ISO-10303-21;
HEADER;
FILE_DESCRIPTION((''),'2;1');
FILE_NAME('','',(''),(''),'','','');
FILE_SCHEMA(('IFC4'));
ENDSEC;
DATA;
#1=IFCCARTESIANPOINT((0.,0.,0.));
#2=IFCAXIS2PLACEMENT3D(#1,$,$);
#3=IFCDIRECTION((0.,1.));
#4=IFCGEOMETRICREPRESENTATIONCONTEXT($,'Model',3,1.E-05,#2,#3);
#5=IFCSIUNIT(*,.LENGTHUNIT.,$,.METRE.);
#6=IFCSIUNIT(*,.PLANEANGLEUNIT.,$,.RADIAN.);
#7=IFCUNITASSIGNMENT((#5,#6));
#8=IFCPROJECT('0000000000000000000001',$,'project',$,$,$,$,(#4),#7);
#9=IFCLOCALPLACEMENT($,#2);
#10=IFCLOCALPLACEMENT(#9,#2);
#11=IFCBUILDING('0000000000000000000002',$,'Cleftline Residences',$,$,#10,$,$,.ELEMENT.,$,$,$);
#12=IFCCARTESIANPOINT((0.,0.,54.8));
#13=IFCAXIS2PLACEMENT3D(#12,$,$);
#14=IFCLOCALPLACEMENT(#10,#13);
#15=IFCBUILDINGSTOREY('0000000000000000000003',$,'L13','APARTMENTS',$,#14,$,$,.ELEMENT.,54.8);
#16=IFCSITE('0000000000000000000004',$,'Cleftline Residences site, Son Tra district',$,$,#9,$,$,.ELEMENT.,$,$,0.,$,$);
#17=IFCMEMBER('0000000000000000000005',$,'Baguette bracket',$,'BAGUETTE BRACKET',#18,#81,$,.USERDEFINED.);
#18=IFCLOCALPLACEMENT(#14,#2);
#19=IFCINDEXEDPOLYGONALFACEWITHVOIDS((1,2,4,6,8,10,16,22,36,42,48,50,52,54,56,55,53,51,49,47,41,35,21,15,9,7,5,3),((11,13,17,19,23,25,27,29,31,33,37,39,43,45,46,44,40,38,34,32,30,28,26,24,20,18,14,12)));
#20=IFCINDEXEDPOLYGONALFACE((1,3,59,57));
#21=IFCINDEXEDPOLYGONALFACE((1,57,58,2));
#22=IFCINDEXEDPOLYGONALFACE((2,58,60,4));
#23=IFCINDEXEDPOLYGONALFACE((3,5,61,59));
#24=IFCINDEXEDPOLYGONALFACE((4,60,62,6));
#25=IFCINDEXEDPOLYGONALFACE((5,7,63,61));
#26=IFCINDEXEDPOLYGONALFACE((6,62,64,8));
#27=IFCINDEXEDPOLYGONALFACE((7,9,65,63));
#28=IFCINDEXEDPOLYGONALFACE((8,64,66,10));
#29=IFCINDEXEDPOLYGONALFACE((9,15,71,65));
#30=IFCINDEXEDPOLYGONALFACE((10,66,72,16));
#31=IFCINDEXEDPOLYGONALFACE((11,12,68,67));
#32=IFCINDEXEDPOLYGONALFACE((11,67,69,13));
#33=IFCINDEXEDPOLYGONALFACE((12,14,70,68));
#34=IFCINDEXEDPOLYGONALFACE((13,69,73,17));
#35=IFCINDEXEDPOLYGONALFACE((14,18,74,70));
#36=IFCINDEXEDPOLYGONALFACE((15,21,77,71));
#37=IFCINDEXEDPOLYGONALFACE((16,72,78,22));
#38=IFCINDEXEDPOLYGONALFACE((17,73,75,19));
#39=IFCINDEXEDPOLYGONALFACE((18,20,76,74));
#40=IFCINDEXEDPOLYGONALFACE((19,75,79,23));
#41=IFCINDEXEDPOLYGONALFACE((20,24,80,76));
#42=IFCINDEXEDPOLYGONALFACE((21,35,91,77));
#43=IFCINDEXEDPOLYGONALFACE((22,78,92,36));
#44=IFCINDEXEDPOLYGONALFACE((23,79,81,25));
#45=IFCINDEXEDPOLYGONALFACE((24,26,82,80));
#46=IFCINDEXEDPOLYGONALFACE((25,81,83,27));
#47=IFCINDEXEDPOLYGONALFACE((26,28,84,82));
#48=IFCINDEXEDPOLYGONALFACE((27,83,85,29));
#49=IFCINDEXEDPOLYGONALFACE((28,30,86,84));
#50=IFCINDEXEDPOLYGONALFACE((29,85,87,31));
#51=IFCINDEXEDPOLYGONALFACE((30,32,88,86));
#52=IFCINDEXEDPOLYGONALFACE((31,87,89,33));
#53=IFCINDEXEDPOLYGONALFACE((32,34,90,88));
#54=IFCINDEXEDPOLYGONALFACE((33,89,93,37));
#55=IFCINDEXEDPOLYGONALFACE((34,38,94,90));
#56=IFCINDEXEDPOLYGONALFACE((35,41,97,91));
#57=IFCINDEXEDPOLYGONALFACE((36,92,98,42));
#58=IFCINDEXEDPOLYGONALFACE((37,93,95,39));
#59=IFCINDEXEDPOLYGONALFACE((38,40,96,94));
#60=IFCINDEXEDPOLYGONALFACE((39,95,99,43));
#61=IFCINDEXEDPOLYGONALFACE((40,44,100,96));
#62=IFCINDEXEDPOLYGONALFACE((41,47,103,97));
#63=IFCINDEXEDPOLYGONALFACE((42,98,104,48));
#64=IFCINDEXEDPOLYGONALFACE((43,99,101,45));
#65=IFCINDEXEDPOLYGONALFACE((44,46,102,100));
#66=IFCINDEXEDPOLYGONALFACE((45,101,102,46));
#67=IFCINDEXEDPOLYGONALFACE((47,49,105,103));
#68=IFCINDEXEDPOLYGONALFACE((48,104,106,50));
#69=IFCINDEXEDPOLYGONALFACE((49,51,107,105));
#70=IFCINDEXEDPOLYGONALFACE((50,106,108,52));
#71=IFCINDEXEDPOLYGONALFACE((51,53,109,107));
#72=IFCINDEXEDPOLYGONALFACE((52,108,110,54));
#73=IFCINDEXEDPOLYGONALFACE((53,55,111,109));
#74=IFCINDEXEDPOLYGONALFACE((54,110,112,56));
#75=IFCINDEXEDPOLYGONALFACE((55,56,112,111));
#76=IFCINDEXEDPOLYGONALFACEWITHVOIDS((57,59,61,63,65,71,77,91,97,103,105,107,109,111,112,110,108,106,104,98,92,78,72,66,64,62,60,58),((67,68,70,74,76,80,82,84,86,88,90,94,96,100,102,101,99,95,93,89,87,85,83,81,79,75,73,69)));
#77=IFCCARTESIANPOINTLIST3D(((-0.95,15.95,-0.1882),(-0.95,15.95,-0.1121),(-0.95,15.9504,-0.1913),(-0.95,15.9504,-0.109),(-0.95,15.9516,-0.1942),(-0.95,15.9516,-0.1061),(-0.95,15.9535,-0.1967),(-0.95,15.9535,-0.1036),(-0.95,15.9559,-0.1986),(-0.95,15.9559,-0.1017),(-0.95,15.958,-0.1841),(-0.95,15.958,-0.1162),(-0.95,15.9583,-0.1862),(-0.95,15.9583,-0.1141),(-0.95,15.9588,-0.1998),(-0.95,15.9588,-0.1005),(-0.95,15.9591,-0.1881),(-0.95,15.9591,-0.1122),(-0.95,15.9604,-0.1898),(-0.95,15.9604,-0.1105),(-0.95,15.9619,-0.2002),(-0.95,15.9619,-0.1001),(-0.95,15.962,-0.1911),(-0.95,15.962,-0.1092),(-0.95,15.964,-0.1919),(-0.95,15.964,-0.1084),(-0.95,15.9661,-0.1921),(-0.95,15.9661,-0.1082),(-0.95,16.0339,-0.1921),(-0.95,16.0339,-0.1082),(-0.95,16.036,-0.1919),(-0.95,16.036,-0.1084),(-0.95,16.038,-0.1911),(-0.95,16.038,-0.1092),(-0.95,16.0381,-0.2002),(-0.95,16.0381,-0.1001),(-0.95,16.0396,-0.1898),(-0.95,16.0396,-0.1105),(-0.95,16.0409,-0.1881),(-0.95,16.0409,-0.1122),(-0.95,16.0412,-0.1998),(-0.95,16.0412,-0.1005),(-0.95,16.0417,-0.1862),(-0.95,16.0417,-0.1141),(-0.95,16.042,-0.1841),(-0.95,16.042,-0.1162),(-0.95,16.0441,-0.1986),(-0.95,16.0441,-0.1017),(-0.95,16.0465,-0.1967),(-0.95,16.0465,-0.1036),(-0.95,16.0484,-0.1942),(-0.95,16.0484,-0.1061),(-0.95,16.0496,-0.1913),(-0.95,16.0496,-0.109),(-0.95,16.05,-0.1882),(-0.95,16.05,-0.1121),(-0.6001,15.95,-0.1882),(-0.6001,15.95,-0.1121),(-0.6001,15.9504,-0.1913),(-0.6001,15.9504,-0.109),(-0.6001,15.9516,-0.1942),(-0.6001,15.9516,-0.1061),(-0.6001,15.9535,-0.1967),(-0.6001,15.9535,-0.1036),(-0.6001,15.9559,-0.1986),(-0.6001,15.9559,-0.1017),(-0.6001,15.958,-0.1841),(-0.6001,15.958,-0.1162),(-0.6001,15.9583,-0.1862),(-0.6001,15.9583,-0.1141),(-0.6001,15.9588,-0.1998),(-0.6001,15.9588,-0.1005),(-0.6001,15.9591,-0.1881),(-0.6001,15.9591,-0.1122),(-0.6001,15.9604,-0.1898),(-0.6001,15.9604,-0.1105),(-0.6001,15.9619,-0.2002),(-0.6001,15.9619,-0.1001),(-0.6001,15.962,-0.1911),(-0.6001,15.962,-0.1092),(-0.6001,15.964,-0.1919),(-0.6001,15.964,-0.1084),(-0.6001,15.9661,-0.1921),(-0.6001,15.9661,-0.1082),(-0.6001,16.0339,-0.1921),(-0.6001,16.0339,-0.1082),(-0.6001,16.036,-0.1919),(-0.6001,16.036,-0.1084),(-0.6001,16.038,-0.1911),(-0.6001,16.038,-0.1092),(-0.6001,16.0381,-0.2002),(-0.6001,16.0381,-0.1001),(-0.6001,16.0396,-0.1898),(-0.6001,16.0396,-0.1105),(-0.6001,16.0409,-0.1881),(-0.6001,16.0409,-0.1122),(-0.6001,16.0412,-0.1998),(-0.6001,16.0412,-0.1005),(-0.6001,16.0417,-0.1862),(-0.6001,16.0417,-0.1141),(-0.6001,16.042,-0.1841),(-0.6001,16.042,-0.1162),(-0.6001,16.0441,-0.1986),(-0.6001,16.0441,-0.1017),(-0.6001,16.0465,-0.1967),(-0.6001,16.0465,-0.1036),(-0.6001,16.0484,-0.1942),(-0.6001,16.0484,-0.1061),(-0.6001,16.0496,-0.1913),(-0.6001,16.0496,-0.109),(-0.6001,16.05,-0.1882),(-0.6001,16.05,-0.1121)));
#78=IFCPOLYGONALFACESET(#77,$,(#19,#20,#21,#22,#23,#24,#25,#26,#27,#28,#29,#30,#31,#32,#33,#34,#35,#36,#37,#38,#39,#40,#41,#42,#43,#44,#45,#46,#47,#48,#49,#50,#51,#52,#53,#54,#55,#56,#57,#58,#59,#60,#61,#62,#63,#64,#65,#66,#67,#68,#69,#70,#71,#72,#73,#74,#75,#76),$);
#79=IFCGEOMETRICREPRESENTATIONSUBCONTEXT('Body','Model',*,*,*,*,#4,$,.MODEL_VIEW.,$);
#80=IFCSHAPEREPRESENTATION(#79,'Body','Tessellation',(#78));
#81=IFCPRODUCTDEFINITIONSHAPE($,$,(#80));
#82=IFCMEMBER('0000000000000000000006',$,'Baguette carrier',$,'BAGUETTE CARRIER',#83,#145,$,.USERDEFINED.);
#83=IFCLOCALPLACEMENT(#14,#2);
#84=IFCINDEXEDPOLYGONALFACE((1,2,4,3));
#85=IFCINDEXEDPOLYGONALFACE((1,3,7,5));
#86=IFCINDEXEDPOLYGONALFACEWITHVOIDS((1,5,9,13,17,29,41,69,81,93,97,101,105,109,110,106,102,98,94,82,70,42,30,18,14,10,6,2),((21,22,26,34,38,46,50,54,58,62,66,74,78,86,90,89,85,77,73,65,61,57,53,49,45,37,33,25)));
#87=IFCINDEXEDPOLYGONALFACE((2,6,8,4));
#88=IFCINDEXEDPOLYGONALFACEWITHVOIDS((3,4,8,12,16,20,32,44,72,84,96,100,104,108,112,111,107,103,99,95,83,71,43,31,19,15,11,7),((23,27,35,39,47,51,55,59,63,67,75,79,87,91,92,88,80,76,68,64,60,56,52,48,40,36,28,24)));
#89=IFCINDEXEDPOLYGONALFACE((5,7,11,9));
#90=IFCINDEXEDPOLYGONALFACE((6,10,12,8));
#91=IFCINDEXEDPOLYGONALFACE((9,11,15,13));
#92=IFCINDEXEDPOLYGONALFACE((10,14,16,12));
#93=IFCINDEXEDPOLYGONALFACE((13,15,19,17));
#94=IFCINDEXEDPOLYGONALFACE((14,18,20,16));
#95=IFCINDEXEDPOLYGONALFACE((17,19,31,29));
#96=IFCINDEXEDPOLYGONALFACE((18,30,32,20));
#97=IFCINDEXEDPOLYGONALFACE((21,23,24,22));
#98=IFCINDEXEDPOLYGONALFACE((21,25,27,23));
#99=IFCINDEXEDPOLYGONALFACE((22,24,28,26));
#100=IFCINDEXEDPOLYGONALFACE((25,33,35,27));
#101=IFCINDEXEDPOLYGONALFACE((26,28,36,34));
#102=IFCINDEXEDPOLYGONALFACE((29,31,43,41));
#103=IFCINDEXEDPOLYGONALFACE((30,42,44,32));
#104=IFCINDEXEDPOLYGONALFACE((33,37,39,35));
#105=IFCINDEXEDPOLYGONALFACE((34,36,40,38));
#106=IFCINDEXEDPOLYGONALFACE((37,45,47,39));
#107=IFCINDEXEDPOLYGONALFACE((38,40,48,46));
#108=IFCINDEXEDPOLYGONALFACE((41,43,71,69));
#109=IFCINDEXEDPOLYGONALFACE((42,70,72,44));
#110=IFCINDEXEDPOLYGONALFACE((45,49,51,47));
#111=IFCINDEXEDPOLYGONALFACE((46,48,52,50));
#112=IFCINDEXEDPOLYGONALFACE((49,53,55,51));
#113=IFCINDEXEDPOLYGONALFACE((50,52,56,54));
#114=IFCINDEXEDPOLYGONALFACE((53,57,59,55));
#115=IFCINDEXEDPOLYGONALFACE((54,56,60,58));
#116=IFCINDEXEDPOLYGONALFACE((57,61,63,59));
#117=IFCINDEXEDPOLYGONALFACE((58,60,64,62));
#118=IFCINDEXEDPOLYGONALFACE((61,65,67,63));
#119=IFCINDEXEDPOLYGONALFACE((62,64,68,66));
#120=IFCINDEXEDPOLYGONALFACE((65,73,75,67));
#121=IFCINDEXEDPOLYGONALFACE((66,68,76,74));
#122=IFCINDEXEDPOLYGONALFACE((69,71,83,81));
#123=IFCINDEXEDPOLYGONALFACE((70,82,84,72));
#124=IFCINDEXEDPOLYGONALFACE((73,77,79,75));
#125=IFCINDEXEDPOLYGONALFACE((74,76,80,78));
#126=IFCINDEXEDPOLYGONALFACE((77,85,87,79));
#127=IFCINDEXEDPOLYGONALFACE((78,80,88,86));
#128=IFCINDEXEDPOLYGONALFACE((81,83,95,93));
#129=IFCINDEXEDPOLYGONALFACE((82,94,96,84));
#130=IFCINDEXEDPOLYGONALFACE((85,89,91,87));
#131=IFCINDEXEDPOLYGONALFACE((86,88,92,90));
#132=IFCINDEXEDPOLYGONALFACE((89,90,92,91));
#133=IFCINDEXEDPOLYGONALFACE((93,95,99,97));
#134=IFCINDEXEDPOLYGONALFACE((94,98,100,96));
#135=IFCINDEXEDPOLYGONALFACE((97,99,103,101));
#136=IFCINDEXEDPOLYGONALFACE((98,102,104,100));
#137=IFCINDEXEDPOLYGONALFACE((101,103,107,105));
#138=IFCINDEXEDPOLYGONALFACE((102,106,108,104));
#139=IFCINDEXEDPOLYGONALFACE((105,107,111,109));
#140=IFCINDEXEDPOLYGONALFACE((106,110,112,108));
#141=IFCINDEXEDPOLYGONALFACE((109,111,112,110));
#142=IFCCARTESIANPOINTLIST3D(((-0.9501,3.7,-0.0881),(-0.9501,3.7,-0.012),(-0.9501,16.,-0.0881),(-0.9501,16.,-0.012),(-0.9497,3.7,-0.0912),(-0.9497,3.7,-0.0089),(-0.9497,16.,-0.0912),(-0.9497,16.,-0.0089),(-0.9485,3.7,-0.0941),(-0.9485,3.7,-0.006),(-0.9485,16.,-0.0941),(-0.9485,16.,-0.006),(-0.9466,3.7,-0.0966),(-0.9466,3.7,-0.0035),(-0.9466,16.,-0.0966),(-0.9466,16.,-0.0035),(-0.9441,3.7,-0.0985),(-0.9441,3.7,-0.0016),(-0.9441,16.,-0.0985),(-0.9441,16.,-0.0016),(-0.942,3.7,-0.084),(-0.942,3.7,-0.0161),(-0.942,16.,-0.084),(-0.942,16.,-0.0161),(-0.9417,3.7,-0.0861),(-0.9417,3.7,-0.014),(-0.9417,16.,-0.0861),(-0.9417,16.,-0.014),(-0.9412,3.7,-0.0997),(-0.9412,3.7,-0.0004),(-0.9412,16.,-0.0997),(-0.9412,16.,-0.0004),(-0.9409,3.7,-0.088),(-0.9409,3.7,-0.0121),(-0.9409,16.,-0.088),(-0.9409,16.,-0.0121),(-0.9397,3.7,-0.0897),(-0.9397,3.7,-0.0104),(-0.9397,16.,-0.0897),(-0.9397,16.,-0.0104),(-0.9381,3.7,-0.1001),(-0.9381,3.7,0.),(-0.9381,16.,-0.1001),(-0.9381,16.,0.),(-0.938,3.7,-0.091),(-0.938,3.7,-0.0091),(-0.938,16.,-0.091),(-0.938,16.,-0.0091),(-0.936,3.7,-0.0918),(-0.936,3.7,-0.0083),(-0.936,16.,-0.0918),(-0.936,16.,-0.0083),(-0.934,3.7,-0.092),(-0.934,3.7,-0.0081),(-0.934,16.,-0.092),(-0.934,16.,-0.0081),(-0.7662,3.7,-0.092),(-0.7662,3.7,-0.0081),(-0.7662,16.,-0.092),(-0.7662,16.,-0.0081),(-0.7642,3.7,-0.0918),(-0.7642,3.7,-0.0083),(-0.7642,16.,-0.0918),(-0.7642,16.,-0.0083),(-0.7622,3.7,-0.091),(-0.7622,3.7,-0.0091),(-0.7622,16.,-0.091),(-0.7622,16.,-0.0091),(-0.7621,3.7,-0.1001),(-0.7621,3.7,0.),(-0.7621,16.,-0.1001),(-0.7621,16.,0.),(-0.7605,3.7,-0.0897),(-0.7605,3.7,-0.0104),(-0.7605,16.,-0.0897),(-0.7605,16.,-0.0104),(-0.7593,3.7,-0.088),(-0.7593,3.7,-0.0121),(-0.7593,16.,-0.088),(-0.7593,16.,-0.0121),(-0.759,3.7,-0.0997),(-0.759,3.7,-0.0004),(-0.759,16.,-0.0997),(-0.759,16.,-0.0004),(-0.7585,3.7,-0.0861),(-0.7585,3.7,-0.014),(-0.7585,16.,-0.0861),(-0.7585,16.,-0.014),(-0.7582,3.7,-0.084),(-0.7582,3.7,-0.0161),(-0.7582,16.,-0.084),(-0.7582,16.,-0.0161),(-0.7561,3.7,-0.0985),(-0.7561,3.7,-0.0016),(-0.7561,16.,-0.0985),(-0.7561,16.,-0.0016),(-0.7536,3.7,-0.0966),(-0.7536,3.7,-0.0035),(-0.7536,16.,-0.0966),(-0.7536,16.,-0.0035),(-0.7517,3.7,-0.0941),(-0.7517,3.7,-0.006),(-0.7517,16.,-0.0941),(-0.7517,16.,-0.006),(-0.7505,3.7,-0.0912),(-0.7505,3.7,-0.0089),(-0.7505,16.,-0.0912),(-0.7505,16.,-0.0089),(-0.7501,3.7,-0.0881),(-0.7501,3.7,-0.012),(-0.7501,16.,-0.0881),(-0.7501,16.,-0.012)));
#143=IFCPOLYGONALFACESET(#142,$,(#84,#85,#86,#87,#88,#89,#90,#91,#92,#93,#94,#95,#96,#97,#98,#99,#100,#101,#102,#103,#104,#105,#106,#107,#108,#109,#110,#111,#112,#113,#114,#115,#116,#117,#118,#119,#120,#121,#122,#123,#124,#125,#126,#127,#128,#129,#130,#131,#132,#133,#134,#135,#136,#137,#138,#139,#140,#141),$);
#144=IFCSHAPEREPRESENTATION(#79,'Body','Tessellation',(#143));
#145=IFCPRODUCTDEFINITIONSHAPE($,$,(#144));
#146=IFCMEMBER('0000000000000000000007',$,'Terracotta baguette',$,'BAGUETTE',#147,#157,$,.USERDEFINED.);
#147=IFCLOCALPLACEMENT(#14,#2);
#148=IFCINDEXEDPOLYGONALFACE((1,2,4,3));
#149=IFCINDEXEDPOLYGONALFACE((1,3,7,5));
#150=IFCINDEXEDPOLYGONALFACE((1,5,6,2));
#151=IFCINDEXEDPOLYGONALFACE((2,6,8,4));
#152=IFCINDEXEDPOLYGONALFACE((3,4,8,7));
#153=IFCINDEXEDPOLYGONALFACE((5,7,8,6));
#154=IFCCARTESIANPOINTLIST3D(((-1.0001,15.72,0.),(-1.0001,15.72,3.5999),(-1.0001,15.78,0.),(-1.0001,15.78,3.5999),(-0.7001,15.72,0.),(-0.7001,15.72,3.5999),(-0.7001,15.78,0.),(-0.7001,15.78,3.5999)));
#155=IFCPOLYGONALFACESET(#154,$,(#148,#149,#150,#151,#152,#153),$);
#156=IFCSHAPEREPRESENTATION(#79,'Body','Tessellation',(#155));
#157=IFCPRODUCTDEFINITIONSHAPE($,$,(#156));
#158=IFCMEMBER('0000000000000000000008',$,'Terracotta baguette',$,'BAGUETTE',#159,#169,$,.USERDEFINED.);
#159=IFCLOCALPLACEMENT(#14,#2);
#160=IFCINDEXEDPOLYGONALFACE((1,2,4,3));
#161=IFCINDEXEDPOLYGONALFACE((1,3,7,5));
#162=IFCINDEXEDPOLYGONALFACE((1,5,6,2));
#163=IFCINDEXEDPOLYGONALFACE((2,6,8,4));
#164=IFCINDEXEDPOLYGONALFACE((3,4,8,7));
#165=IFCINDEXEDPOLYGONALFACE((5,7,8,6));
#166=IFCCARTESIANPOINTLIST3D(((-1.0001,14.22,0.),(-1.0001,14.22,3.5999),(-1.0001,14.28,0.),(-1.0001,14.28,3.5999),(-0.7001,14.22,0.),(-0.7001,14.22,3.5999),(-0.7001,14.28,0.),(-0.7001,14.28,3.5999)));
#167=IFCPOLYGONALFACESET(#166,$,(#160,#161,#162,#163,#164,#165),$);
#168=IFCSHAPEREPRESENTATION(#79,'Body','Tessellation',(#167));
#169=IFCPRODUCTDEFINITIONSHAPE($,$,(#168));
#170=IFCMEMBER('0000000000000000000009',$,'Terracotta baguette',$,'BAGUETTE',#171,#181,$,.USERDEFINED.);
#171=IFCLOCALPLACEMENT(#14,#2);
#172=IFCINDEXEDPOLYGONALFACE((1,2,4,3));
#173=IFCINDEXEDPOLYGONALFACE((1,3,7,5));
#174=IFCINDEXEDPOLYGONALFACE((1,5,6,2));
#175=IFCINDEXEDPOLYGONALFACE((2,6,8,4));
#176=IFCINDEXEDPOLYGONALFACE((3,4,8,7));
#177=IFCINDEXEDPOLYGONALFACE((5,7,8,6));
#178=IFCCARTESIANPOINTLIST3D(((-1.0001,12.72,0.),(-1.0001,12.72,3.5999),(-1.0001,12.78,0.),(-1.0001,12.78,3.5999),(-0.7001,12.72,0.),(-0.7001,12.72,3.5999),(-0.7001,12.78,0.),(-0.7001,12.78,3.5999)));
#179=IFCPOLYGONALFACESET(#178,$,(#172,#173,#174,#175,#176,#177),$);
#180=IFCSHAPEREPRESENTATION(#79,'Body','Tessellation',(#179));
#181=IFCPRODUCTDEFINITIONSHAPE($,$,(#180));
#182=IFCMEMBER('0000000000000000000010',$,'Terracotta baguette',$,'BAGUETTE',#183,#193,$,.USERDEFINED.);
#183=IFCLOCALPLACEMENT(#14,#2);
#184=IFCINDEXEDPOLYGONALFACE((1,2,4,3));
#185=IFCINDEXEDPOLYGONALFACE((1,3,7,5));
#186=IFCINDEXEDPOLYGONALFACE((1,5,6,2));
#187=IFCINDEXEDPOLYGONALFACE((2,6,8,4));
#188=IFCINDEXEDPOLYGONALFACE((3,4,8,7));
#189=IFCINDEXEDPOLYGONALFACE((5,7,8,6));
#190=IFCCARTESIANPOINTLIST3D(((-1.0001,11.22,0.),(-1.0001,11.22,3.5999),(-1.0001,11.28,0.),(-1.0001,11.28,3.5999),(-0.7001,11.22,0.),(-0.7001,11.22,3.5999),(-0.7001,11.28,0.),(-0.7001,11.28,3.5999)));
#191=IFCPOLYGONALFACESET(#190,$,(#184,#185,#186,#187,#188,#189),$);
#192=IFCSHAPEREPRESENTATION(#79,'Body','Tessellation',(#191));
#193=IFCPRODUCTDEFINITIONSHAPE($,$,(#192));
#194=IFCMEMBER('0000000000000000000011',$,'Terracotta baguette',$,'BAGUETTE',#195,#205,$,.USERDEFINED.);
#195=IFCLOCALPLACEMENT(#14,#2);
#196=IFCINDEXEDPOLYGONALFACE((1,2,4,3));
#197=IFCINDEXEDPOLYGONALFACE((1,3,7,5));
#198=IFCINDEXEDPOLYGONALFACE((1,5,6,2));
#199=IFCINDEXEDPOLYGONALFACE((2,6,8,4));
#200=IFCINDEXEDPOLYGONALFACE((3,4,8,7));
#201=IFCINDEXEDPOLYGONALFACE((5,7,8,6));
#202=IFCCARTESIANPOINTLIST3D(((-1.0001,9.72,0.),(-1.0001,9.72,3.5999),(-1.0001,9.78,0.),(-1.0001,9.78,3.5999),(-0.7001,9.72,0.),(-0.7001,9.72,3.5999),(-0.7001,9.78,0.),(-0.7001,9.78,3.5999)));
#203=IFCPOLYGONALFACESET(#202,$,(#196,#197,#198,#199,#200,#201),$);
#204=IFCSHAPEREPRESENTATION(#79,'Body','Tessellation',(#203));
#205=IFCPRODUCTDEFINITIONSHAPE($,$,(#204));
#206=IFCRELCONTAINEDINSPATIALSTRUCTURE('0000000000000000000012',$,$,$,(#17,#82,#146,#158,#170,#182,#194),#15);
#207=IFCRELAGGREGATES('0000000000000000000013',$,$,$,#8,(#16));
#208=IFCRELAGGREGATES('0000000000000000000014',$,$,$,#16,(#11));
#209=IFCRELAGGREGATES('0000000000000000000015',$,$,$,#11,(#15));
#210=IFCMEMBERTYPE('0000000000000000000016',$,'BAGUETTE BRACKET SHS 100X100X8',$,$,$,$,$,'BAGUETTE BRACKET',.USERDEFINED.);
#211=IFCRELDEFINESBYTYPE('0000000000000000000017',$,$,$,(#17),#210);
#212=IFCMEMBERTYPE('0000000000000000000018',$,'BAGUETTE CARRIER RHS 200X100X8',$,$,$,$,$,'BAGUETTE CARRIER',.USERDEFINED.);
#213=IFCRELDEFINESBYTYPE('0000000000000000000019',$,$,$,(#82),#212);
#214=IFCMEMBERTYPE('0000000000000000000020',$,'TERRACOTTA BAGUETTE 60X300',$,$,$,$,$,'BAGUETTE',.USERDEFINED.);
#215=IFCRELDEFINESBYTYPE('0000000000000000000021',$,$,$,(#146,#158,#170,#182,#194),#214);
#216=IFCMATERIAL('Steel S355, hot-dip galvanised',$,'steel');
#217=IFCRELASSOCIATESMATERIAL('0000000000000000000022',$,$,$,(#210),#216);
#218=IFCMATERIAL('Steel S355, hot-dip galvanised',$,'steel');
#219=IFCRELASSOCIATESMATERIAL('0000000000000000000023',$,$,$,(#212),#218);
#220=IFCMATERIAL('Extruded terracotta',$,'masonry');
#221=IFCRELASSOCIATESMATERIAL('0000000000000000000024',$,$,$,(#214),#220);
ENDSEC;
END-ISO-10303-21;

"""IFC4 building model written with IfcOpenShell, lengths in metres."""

from ifc_helpers import new_model, si_unit, direction, frame, origin, origin_2d, place, context, subcontext, project, spatial, rectangle, hollow_rectangle, extrude, material, material_profile, profile_set, type_object, element, save


model = new_model("IFC4")

# Units and contexts
model_context = context("Model", 3, precision=1e-05, world=origin(), true_north=direction((0.0, 1.0)))
body_context = subcontext(model_context, "Body", "Model", "MODEL_VIEW")
ifc_project = project(units=[si_unit("LENGTHUNIT", "METRE"), si_unit("PLANEANGLEUNIT", "RADIAN")], contexts=[model_context])

# Site, building, storey
site_placement = place(None, origin())
site = spatial("IfcSite", under=ifc_project, at=site_placement, Name="Cleftline Residences site, Son Tra district", CompositionType="ELEMENT", RefElevation=0.0)
building_placement = place(site_placement, origin())
building = spatial("IfcBuilding", under=site, at=building_placement, Name="Cleftline Residences", CompositionType="ELEMENT")
storey_placement = place(building_placement, frame((0.0, 0.0, 54.8)))
storey = spatial("IfcBuildingStorey", under=building, at=storey_placement, Name="L13", Description="APARTMENTS", CompositionType="ELEMENT", Elevation=54.8)

# Members
ifc_material_1 = material(Name="Steel S355, hot-dip galvanised", Category="steel")
ifc_material_profile_1 = material_profile(ifc_material_1, hollow_rectangle(XDim=0.1001, YDim=0.1001, WallThickness=0.0081, InnerFilletRadius=0.0081, OuterFilletRadius=0.012, at=origin_2d()))
ifc_profile_set_1 = profile_set([ifc_material_profile_1], Name="Steel S355, hot-dip galvanised")
member_type_1 = type_object("IfcMemberType", Name="BAGUETTE BRACKET SHS 100X100X8", ElementType="BAGUETTE BRACKET", PredefinedType="USERDEFINED", material=ifc_profile_set_1)
member_1_placement = place(storey_placement, frame((-0.6001, 16.0, -0.1501), z_axis=(-1.0, 0.0, 0.0), x_axis=(0.0, -1.0, 0.0)))
element("IfcMember", 1, at=member_1_placement, inside=storey, type_object=member_type_1, Name="Baguette bracket", ObjectType="BAGUETTE BRACKET", PredefinedType="USERDEFINED", context=body_context, shape_type="SweptSolid", body=[
    extrude(hollow_rectangle(XDim=0.1001, YDim=0.1001, WallThickness=0.0081, InnerFilletRadius=0.0081, OuterFilletRadius=0.012, at=origin_2d()), origin(), (0.0, 0.0, 1.0), 0.3499),
])
ifc_material_2 = material(Name="Steel S355, hot-dip galvanised", Category="steel")
ifc_material_profile_2 = material_profile(ifc_material_2, hollow_rectangle(XDim=0.1001, YDim=0.2, WallThickness=0.0081, InnerFilletRadius=0.0081, OuterFilletRadius=0.012, at=origin_2d()))
ifc_profile_set_2 = profile_set([ifc_material_profile_2], Name="Steel S355, hot-dip galvanised")
member_type_2 = type_object("IfcMemberType", Name="BAGUETTE CARRIER RHS 200X100X8", ElementType="BAGUETTE CARRIER", PredefinedType="USERDEFINED", material=ifc_profile_set_2)
member_2_placement = place(storey_placement, frame((-0.8501, 16.0, -0.05), z_axis=(0.0, -1.0, 0.0), x_axis=(0.0, 0.0, 1.0)))
element("IfcMember", 2, at=member_2_placement, inside=storey, type_object=member_type_2, Name="Baguette carrier", ObjectType="BAGUETTE CARRIER", PredefinedType="USERDEFINED", context=body_context, shape_type="SweptSolid", body=[
    extrude(hollow_rectangle(XDim=0.1001, YDim=0.2, WallThickness=0.0081, InnerFilletRadius=0.0081, OuterFilletRadius=0.012, at=origin_2d()), origin(), (0.0, 0.0, 1.0), 12.3),
])
ifc_material_3 = material(Name="Extruded terracotta", Category="masonry")
ifc_material_profile_3 = material_profile(ifc_material_3, rectangle(XDim=0.0601, YDim=0.3, at=origin_2d()))
ifc_profile_set_3 = profile_set([ifc_material_profile_3], Name="Extruded terracotta")
member_type_3 = type_object("IfcMemberType", Name="TERRACOTTA BAGUETTE 60X300", ElementType="BAGUETTE", PredefinedType="USERDEFINED", material=ifc_profile_set_3)
for number, where, z_axis, x_axis, name in (
    (3, (-0.8501, 15.75, 0.0), (0.0, 0.0, 1.0), (0.0, 1.0, 0.0), "Terracotta baguette"),
    (4, (-0.8501, 14.25, 0.0), (0.0, 0.0, 1.0), (0.0, 1.0, 0.0), "Terracotta baguette"),
    (5, (-0.8501, 12.75, 0.0), (0.0, 0.0, 1.0), (0.0, 1.0, 0.0), "Terracotta baguette"),
    (6, (-0.8501, 11.25, 0.0), (0.0, 0.0, 1.0), (0.0, 1.0, 0.0), "Terracotta baguette"),
    (7, (-0.8501, 9.75, 0.0), (0.0, 0.0, 1.0), (0.0, 1.0, 0.0), "Terracotta baguette"),
):
    element("IfcMember", number, at=place(storey_placement, frame(where, z_axis=z_axis, x_axis=x_axis)), inside=storey, type_object=member_type_3, Name=name, ObjectType="BAGUETTE", PredefinedType="USERDEFINED", context=body_context, shape_type="SweptSolid", body=[
        extrude(rectangle(XDim=0.0601, YDim=0.3, at=origin_2d()), origin(), (0.0, 0.0, 1.0), 3.5999),
    ])

save(model, "model.ifc")
